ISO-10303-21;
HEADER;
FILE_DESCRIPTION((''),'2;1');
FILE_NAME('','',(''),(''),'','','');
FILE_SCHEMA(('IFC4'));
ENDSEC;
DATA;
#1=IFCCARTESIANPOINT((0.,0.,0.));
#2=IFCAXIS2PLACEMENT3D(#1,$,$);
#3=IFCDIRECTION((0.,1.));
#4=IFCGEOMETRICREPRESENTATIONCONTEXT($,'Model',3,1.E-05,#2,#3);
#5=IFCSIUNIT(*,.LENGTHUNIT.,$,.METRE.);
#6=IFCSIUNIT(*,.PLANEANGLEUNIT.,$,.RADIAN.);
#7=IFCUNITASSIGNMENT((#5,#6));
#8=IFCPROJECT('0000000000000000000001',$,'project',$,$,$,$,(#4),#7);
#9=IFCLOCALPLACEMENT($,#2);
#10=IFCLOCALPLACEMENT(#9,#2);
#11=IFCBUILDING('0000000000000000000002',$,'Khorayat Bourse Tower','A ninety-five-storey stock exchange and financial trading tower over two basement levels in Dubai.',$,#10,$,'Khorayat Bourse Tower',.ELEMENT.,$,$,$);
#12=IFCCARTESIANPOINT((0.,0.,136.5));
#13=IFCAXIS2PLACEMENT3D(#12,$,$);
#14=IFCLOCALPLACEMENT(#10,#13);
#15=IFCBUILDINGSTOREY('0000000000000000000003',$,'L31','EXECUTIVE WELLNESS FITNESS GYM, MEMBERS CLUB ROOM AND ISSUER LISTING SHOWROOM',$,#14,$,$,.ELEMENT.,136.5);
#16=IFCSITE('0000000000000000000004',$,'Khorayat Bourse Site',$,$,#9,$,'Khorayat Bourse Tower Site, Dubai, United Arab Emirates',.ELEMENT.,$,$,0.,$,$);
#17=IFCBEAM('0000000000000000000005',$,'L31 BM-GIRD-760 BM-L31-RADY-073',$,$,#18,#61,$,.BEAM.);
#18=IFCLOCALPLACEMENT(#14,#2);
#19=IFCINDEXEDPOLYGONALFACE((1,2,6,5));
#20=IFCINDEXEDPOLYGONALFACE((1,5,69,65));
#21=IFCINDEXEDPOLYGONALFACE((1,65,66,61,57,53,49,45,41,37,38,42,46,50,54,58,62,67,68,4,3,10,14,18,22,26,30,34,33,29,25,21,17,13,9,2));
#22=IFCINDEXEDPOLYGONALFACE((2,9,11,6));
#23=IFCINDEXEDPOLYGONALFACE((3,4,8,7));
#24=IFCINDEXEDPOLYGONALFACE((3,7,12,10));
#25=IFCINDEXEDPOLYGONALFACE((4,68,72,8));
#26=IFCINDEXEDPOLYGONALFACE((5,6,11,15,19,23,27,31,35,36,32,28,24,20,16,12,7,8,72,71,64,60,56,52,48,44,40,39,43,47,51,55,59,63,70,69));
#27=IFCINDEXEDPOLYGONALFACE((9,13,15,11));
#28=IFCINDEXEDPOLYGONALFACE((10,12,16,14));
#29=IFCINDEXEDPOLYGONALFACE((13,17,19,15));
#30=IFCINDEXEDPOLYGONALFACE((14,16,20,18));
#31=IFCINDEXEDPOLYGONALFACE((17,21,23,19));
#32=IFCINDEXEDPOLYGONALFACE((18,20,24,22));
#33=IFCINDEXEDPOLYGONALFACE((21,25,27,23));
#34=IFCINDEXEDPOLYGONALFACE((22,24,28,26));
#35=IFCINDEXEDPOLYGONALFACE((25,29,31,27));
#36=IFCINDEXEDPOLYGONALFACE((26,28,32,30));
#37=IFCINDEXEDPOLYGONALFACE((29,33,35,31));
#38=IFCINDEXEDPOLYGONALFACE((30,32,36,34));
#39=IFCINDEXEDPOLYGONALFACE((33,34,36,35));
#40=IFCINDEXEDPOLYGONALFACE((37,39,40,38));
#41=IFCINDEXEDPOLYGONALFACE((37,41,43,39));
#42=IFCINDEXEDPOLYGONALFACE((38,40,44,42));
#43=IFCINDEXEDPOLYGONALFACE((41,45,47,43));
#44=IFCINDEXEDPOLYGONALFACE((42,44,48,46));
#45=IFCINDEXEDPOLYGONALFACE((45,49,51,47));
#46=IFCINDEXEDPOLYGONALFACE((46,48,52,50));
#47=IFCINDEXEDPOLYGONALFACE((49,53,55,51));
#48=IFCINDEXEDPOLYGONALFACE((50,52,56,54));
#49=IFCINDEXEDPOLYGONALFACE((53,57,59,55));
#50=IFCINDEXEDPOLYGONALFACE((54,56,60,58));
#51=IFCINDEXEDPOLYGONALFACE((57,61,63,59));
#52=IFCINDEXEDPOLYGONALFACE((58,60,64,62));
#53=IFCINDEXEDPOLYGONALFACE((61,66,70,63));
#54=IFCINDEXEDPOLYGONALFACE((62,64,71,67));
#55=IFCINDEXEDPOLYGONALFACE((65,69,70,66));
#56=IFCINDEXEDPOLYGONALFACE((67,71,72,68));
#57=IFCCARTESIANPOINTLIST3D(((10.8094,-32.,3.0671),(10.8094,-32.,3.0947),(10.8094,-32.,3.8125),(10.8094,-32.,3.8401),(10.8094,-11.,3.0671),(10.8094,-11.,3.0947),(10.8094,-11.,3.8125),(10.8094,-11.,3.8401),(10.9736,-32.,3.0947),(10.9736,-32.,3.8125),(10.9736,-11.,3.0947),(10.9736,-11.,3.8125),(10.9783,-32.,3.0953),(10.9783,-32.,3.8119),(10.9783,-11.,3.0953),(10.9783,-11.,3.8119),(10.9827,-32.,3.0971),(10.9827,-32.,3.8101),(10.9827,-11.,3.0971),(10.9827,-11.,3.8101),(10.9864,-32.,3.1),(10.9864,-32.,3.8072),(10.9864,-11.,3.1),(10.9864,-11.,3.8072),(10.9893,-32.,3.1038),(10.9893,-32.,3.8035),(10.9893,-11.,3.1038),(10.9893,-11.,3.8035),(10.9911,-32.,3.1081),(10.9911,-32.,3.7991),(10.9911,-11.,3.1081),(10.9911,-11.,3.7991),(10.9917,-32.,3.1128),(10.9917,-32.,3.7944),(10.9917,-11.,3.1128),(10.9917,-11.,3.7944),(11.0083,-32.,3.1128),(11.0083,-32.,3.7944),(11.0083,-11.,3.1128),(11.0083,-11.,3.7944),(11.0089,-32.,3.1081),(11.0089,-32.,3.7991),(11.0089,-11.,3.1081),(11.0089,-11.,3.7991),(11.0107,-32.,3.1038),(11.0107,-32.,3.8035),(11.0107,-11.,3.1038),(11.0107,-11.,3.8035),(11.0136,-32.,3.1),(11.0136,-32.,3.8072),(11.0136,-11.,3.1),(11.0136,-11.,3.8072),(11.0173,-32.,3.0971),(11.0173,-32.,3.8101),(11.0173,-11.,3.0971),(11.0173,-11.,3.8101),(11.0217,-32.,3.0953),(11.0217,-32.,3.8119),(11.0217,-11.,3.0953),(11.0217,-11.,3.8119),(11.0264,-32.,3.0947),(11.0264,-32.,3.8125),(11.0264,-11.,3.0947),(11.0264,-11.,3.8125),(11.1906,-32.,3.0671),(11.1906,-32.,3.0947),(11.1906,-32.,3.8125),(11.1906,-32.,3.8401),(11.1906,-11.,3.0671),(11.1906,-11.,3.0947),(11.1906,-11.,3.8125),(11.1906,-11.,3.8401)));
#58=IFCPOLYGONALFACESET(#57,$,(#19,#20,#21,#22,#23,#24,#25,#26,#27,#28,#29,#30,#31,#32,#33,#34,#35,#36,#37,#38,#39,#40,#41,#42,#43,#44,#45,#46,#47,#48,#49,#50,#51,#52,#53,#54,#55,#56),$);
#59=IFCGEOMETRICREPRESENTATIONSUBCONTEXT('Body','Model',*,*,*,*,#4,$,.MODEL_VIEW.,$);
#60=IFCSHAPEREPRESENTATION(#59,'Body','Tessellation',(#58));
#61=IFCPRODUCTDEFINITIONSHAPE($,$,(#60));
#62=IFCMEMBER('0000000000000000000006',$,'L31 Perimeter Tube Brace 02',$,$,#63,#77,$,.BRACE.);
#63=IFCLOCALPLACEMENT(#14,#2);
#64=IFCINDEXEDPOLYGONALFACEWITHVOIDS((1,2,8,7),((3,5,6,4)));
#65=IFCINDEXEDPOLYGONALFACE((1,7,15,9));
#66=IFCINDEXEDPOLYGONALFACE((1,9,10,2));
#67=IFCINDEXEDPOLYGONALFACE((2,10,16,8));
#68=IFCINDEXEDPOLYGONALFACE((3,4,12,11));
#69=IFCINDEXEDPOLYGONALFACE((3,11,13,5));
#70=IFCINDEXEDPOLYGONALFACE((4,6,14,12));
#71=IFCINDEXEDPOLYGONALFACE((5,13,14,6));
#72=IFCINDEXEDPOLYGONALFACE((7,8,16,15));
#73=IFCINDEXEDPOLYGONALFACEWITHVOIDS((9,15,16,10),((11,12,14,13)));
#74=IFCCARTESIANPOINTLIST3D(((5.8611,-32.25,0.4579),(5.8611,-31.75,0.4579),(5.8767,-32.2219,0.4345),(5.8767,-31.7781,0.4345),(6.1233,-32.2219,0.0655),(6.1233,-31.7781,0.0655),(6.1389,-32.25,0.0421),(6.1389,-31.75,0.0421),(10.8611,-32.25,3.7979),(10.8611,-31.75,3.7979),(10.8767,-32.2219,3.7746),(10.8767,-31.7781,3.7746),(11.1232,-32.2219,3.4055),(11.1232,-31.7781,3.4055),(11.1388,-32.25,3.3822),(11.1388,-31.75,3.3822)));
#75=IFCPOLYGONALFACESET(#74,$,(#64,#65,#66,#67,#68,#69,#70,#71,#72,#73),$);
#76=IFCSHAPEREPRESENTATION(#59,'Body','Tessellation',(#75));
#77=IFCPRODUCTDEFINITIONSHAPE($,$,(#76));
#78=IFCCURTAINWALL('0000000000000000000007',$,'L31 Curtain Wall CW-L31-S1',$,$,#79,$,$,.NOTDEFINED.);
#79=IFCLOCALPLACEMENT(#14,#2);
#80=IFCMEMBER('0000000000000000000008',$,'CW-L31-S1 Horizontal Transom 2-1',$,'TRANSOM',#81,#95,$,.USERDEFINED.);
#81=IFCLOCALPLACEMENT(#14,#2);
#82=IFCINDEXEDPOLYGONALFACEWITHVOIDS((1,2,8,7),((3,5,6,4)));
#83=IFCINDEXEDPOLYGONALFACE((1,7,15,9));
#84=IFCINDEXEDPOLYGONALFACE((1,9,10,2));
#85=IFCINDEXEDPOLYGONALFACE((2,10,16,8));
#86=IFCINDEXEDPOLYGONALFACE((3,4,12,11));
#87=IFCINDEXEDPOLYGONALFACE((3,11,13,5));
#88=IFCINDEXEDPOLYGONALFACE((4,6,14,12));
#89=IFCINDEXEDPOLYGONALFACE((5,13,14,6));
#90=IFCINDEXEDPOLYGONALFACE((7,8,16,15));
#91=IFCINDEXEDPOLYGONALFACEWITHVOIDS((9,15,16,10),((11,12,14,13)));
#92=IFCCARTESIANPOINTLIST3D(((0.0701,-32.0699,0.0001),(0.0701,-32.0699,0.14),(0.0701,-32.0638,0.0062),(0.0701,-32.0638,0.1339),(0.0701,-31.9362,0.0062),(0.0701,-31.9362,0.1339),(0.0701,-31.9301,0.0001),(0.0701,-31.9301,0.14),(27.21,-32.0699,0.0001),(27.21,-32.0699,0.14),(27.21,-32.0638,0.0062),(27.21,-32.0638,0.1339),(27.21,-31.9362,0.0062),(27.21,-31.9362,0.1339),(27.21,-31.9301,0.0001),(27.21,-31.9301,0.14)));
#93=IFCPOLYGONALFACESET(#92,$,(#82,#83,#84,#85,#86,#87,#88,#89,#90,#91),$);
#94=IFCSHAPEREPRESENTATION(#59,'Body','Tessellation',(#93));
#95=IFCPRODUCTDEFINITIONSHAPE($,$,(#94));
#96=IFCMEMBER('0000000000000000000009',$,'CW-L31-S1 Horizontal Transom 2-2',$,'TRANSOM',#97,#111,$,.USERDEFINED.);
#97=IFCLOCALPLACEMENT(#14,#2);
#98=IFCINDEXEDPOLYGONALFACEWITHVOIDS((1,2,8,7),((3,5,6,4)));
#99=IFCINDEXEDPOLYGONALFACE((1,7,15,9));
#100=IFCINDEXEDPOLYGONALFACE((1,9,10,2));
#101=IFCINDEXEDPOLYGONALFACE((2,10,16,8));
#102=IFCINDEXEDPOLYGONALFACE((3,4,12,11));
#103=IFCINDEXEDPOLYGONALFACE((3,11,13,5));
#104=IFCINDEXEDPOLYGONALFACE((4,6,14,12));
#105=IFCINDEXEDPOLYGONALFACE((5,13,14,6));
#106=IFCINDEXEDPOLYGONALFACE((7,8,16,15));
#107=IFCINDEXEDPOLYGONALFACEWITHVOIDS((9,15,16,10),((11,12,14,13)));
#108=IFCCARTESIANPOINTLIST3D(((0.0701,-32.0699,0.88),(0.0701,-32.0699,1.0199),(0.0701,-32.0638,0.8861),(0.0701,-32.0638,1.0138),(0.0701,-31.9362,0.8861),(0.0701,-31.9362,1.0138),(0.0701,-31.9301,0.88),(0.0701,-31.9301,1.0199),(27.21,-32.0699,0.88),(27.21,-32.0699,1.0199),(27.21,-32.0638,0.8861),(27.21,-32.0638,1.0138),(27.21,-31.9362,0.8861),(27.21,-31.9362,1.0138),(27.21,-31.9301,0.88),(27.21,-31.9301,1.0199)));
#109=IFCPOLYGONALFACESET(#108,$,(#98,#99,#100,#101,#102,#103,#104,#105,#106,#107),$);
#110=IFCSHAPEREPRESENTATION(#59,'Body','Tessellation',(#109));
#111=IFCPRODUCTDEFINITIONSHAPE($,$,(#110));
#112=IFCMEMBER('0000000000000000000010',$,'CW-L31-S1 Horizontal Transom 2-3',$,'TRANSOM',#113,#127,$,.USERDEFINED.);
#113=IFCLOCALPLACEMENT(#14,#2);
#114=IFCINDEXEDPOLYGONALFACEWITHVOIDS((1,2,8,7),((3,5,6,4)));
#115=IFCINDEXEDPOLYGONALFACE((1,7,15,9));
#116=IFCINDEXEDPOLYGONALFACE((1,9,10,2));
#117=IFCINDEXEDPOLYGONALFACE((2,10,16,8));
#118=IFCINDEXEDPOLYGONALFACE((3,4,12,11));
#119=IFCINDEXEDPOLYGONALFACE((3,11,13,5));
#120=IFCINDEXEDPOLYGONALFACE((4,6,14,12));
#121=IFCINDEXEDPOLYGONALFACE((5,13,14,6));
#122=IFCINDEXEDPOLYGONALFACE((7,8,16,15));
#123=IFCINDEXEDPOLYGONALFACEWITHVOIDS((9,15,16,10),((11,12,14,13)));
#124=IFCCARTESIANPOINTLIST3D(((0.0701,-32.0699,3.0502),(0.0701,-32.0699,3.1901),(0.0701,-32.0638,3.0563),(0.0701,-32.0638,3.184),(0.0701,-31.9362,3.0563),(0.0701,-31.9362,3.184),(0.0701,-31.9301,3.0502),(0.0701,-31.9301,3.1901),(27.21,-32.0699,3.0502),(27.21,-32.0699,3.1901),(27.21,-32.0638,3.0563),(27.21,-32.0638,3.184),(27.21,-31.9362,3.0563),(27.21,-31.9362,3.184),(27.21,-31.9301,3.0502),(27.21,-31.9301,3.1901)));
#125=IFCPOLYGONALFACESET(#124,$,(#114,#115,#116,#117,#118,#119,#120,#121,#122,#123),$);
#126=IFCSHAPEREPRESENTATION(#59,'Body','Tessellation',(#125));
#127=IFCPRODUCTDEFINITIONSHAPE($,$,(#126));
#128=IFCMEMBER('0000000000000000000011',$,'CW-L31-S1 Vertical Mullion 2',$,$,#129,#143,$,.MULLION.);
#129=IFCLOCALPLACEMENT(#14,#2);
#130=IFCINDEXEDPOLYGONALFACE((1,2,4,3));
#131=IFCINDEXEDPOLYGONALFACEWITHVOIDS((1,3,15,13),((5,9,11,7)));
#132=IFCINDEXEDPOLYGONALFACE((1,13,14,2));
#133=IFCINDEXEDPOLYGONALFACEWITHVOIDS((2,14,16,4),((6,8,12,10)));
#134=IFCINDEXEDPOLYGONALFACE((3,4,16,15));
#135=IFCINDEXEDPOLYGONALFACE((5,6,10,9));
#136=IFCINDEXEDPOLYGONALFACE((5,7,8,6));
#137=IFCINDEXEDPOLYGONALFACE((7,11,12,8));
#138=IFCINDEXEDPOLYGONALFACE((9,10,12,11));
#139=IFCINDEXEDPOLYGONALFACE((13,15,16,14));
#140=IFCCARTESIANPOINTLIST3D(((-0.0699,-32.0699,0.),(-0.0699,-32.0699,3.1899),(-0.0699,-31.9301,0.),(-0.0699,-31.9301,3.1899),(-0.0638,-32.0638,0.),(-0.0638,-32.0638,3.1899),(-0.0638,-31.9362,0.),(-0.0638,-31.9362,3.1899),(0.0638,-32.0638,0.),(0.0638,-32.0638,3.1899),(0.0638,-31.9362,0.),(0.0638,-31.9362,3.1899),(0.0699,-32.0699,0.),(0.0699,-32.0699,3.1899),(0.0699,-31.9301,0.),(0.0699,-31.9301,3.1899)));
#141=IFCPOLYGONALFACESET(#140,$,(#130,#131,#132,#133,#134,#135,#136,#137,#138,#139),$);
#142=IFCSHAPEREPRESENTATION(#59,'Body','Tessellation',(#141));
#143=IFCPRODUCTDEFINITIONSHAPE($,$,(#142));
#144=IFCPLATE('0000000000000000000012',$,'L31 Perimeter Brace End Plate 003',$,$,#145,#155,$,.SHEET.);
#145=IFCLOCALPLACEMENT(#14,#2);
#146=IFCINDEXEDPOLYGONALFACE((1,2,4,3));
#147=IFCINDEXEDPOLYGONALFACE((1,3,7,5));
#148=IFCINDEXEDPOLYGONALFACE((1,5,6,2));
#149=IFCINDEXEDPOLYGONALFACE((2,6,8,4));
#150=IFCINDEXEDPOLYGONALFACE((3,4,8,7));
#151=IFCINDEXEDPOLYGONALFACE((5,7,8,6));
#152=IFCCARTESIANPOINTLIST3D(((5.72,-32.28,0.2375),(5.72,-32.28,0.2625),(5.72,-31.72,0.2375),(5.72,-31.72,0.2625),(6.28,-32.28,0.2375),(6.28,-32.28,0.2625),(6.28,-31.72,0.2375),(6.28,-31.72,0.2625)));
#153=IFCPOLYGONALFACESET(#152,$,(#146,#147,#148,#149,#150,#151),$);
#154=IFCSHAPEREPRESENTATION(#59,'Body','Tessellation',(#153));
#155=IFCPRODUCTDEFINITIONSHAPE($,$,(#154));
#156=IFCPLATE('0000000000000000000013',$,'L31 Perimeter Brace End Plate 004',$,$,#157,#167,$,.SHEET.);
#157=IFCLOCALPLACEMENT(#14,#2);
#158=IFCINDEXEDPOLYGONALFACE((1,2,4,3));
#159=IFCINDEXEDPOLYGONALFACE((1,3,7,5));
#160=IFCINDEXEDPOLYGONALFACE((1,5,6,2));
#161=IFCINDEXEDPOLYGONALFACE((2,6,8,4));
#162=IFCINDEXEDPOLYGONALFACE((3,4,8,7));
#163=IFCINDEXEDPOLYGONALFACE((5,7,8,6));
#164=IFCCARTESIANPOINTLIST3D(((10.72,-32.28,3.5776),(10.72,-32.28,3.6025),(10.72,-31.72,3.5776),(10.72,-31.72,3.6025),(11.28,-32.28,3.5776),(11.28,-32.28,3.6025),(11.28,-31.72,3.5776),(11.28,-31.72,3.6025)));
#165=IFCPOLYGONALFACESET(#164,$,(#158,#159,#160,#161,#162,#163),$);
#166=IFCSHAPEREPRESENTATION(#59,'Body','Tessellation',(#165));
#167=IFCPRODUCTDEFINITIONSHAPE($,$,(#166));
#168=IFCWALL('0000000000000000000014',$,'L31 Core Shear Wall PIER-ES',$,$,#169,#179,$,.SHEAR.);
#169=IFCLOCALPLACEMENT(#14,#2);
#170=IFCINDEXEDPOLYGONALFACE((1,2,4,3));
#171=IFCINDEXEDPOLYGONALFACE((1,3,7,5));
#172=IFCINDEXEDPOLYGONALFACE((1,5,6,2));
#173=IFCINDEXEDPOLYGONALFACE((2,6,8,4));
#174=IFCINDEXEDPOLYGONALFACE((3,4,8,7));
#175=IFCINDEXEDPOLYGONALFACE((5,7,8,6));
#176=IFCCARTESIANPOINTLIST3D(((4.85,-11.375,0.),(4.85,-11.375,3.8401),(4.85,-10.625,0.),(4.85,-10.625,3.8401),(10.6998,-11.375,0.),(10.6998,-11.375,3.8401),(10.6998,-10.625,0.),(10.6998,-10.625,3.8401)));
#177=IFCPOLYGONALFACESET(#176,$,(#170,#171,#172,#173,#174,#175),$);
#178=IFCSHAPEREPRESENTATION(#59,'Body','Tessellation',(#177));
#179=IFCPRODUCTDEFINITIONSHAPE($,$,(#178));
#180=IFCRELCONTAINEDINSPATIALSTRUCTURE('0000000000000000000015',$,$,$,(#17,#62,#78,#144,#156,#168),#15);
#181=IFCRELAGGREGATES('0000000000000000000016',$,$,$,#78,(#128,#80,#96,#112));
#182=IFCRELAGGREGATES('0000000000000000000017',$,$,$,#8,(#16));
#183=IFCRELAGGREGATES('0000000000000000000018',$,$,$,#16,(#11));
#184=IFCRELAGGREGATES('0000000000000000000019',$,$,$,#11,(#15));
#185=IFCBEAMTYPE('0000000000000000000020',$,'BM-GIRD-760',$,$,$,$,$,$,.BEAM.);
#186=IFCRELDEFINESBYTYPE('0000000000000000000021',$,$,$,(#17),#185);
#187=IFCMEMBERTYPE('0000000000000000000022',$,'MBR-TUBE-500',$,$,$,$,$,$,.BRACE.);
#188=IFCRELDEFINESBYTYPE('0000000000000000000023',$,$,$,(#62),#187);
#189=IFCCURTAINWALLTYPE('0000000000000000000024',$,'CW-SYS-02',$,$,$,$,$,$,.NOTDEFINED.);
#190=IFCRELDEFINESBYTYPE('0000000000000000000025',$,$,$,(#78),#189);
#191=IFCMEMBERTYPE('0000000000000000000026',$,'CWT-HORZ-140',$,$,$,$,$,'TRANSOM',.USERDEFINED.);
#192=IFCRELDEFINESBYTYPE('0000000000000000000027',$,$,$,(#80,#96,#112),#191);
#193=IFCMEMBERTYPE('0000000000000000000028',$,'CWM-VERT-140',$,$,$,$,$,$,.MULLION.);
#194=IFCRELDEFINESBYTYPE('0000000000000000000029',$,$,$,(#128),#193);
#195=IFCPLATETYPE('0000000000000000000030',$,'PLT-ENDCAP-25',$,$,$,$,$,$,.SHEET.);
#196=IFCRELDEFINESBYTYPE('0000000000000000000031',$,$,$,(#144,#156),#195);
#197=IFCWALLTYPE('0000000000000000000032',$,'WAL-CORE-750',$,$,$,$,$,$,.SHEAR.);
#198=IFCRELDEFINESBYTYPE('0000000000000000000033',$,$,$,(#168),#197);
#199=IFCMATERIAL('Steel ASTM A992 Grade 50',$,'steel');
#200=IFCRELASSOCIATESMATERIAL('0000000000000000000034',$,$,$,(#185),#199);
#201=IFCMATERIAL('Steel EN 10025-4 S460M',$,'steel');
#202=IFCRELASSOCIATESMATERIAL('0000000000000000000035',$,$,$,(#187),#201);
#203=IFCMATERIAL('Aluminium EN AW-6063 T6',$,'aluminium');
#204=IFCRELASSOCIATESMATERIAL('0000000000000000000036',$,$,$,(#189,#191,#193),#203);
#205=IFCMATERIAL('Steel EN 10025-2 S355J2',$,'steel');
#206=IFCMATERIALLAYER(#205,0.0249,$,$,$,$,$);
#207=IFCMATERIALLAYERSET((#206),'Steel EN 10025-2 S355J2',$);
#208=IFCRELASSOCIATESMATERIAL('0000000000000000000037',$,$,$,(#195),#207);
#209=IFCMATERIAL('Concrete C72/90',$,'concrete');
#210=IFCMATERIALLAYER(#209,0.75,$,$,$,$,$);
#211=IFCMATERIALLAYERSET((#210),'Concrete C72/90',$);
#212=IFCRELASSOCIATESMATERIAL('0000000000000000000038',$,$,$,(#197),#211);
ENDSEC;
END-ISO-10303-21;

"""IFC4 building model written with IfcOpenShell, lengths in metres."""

from ifc_helpers import new_model, si_unit, direction, frame, frame_2d, origin, origin_2d, place, context, subcontext, project, spatial, rectangle, hollow_rectangle, i_section, extrude, source, transform, mapped, material, layer, layer_set, material_profile, profile_set, type_object, element, aggregate, save


model = new_model("IFC4")

# Units and contexts
model_context = context("Model", 3, precision=1e-05, world=origin(), true_north=direction((0.0, 1.0)))
body_context = subcontext(model_context, "Body", "Model", "MODEL_VIEW")
ifc_project = project(units=[si_unit("LENGTHUNIT", "METRE"), si_unit("PLANEANGLEUNIT", "RADIAN")], contexts=[model_context])

# Site, building, storey
site_placement = place(None, origin())
site = spatial("IfcSite", under=ifc_project, at=site_placement, Name="Khorayat Bourse Site", LongName="Khorayat Bourse Tower Site, Dubai, United Arab Emirates", CompositionType="ELEMENT", RefElevation=0.0)
building_placement = place(site_placement, origin())
building = spatial("IfcBuilding", under=site, at=building_placement, Name="Khorayat Bourse Tower", Description="A ninety-five-storey stock exchange and financial trading tower over two basement levels in Dubai.", LongName="Khorayat Bourse Tower", CompositionType="ELEMENT")
storey_placement = place(building_placement, frame((0.0, 0.0, 136.5)))
storey = spatial("IfcBuildingStorey", under=building, at=storey_placement, Name="L31", Description="EXECUTIVE WELLNESS FITNESS GYM, MEMBERS CLUB ROOM AND ISSUER LISTING SHOWROOM", CompositionType="ELEMENT", Elevation=136.5)

# Shared definitions
ifc_material_1 = material(Name="Steel EN 10025-4 S460M", Category="steel")
ifc_material_2 = material(Name="Concrete C72/90", Category="concrete")

# Beam
ifc_material_3 = material(Name="Steel ASTM A992 Grade 50", Category="steel")
ifc_material_profile_1 = material_profile(ifc_material_3, i_section(OverallWidth=0.3811, OverallDepth=0.7729, WebThickness=0.0166, FlangeThickness=0.0276, FilletRadius=0.0181, at=origin_2d()), Name="W760X257")
ifc_profile_set_1 = profile_set([ifc_material_profile_1], Name="Steel ASTM A992 Grade 50")
beam_type_1 = type_object("IfcBeamType", Name="BM-GIRD-760", PredefinedType="BEAM", material=ifc_profile_set_1)
shared_shape_1 = source(origin(), body_context, "Body", "SweptSolid", [
    extrude(i_section(OverallWidth=0.3811, OverallDepth=0.7729, WebThickness=0.0166, FlangeThickness=0.0276, FilletRadius=0.0181, at=origin_2d()), origin(), (0.0, 0.0, 1.0), 21.0),
])
for number, where, z_axis, x_axis, name in (
    (1, (11.0, -32.0, 3.4536), (0.0, 1.0, 0.0), (-1.0, 0.0, 0.0), "L31 BM-GIRD-760 BM-L31-RADY-073"),
):
    element("IfcBeam", number, at=place(storey_placement, frame(where, z_axis=z_axis, x_axis=x_axis)), inside=storey, type_object=beam_type_1, Name=name, PredefinedType="BEAM", context=body_context, shape_type="MappedRepresentation", body=[
        mapped(shared_shape_1, transform((0.0, 0.0, 0.0), scale=1.0)),
    ])

# Member
ifc_material_profile_2 = material_profile(ifc_material_1, hollow_rectangle(XDim=0.5, YDim=0.5, WallThickness=0.0281, at=origin_2d()), Name="HSS 500x500x28")
ifc_profile_set_2 = profile_set([ifc_material_profile_2], Name="Steel EN 10025-4 S460M")
member_type_1 = type_object("IfcMemberType", Name="MBR-TUBE-500", PredefinedType="BRACE", material=ifc_profile_set_2)
shared_shape_2 = source(origin(), body_context, "Body", "SweptSolid", [
    extrude(hollow_rectangle(XDim=0.5, YDim=0.5, WallThickness=0.0281, at=origin_2d()), origin(), (0.0, 0.0, 1.0), 6.0129),
])
member_1_placement = place(storey_placement, frame((6.0, -32.0, 0.25), z_axis=(0.831531, 0.0, 0.555478), x_axis=(0.0, 1.0, 0.0)))
element("IfcMember", 2, at=member_1_placement, inside=storey, type_object=member_type_1, Name="L31 Perimeter Tube Brace 02", PredefinedType="BRACE", context=body_context, shape_type="MappedRepresentation", body=[
    mapped(shared_shape_2, transform((0.0, 0.0, 0.0), scale=1.0)),
])

# Curtain wall, members
ifc_material_4 = material(Name="Aluminium EN AW-6063 T6", Category="aluminium")
curtain_wall_type = type_object("IfcCurtainWallType", Name="CW-SYS-02", PredefinedType="NOTDEFINED", material=ifc_material_4)
curtain_wall_placement = place(storey_placement, origin())
curtain_wall = element("IfcCurtainWall", 3, at=curtain_wall_placement, inside=storey, type_object=curtain_wall_type, Name="L31 Curtain Wall CW-L31-S1", PredefinedType="NOTDEFINED")
ifc_material_profile_3 = material_profile(ifc_material_4, hollow_rectangle(XDim=0.1399, YDim=0.1399, WallThickness=0.0061, at=origin_2d()), Name="ALU 140x140x6")
ifc_profile_set_3 = profile_set([ifc_material_profile_3], Name="Aluminium EN AW-6063 T6")
member_type_2 = type_object("IfcMemberType", Name="CWT-HORZ-140", ElementType="TRANSOM", PredefinedType="USERDEFINED", material=ifc_profile_set_3)
shared_shape_3 = source(origin(), body_context, "Body", "SweptSolid", [
    extrude(hollow_rectangle(XDim=0.1399, YDim=0.1399, WallThickness=0.0061, at=origin_2d()), origin(), (0.0, 0.0, 1.0), 27.1399),
])
member_2_placement = place(storey_placement, frame((0.0701, -32.0, 0.0701), z_axis=(1.0, 0.0, 0.0), x_axis=(0.0, 1.0, 0.0)))
member_2 = element("IfcMember", 4, at=member_2_placement, type_object=member_type_2, Name="CW-L31-S1 Horizontal Transom 2-1", ObjectType="TRANSOM", PredefinedType="USERDEFINED", context=body_context, shape_type="MappedRepresentation", body=[
    mapped(shared_shape_3, transform((0.0, 0.0, 0.0), scale=1.0)),
])
member_3_placement = place(storey_placement, frame((0.0701, -32.0, 0.95), z_axis=(1.0, 0.0, 0.0), x_axis=(0.0, 1.0, 0.0)))
member_3 = element("IfcMember", 5, at=member_3_placement, type_object=member_type_2, Name="CW-L31-S1 Horizontal Transom 2-2", ObjectType="TRANSOM", PredefinedType="USERDEFINED", context=body_context, shape_type="MappedRepresentation", body=[
    mapped(shared_shape_3, transform((0.0, 0.0, 0.0), scale=1.0)),
])
member_4_placement = place(storey_placement, frame((0.0701, -32.0, 3.1201), z_axis=(1.0, 0.0, 0.0), x_axis=(0.0, 1.0, 0.0)))
member_4 = element("IfcMember", 6, at=member_4_placement, type_object=member_type_2, Name="CW-L31-S1 Horizontal Transom 2-3", ObjectType="TRANSOM", PredefinedType="USERDEFINED", context=body_context, shape_type="MappedRepresentation", body=[
    mapped(shared_shape_3, transform((0.0, 0.0, 0.0), scale=1.0)),
])
ifc_material_profile_4 = material_profile(ifc_material_4, hollow_rectangle(XDim=0.1399, YDim=0.1399, WallThickness=0.0061, at=origin_2d()), Name="ALU 140x140x6")
ifc_profile_set_4 = profile_set([ifc_material_profile_4], Name="Aluminium EN AW-6063 T6")
member_type_3 = type_object("IfcMemberType", Name="CWM-VERT-140", PredefinedType="MULLION", material=ifc_profile_set_4)
shared_shape_4 = source(origin(), body_context, "Body", "SweptSolid", [
    extrude(hollow_rectangle(XDim=0.1399, YDim=0.1399, WallThickness=0.0061, at=origin_2d()), origin(), (0.0, 0.0, 1.0), 3.1899),
])
member_5_placement = place(storey_placement, frame((0.0, -32.0, 0.0), z_axis=(0.0, 0.0, 1.0), x_axis=(0.0, 1.0, 0.0)))
member_5 = element("IfcMember", 7, at=member_5_placement, type_object=member_type_3, Name="CW-L31-S1 Vertical Mullion 2", PredefinedType="MULLION", context=body_context, shape_type="MappedRepresentation", body=[
    mapped(shared_shape_4, transform((0.0, 0.0, 0.0), scale=1.0)),
])
aggregate(curtain_wall, [member_5, member_2, member_3, member_4])

# Plates
ifc_material_5 = material(Name="Steel EN 10025-2 S355J2", Category="steel")
ifc_layer_1 = layer(ifc_material_5, 0.0249)
ifc_layer_set_1 = layer_set([ifc_layer_1], Name="Steel EN 10025-2 S355J2")
plate_type = type_object("IfcPlateType", Name="PLT-ENDCAP-25", PredefinedType="SHEET", material=ifc_layer_set_1)
shared_shape_5 = source(origin(), body_context, "Body", "SweptSolid", [
    extrude(rectangle(XDim=0.5601, YDim=0.5601, at=origin_2d()), origin(), (0.0, 0.0, 1.0), 0.0249),
])
for number, where, z_axis, x_axis, name in (
    (8, (6.0, -32.0, 0.2375), (0.0, 0.0, 1.0), (1.0, 0.0, 0.0), "L31 Perimeter Brace End Plate 003"),
    (9, (11.0, -32.0, 3.5776), (0.0, 0.0, 1.0), (1.0, 0.0, 0.0), "L31 Perimeter Brace End Plate 004"),
):
    element("IfcPlate", number, at=place(storey_placement, frame(where, z_axis=z_axis, x_axis=x_axis)), inside=storey, type_object=plate_type, Name=name, PredefinedType="SHEET", context=body_context, shape_type="MappedRepresentation", body=[
        mapped(shared_shape_5, transform((0.0, 0.0, 0.0), scale=1.0)),
    ])

# Wall
ifc_layer_2 = layer(ifc_material_2, 0.75)
ifc_layer_set_2 = layer_set([ifc_layer_2], Name="Concrete C72/90")
wall_type_1 = type_object("IfcWallType", Name="WAL-CORE-750", PredefinedType="SHEAR", material=ifc_layer_set_2)
shared_shape_6 = source(origin(), body_context, "Body", "SweptSolid", [
    extrude(rectangle(XDim=5.8499, YDim=0.75, at=frame_2d((2.9248, 0.0))), origin(), (0.0, 0.0, 1.0), 3.8401),
])
wall_placement = place(storey_placement, frame((4.8501, -11.0, 0.0), z_axis=(0.0, 0.0, 1.0), x_axis=(1.0, 0.0, 0.0)))
element("IfcWall", 10, at=wall_placement, inside=storey, type_object=wall_type_1, Name="L31 Core Shear Wall PIER-ES", PredefinedType="SHEAR", context=body_context, shape_type="MappedRepresentation", body=[
    mapped(shared_shape_6, transform((0.0, 0.0, 0.0), scale=1.0)),
])

save(model, "model.ifc")
